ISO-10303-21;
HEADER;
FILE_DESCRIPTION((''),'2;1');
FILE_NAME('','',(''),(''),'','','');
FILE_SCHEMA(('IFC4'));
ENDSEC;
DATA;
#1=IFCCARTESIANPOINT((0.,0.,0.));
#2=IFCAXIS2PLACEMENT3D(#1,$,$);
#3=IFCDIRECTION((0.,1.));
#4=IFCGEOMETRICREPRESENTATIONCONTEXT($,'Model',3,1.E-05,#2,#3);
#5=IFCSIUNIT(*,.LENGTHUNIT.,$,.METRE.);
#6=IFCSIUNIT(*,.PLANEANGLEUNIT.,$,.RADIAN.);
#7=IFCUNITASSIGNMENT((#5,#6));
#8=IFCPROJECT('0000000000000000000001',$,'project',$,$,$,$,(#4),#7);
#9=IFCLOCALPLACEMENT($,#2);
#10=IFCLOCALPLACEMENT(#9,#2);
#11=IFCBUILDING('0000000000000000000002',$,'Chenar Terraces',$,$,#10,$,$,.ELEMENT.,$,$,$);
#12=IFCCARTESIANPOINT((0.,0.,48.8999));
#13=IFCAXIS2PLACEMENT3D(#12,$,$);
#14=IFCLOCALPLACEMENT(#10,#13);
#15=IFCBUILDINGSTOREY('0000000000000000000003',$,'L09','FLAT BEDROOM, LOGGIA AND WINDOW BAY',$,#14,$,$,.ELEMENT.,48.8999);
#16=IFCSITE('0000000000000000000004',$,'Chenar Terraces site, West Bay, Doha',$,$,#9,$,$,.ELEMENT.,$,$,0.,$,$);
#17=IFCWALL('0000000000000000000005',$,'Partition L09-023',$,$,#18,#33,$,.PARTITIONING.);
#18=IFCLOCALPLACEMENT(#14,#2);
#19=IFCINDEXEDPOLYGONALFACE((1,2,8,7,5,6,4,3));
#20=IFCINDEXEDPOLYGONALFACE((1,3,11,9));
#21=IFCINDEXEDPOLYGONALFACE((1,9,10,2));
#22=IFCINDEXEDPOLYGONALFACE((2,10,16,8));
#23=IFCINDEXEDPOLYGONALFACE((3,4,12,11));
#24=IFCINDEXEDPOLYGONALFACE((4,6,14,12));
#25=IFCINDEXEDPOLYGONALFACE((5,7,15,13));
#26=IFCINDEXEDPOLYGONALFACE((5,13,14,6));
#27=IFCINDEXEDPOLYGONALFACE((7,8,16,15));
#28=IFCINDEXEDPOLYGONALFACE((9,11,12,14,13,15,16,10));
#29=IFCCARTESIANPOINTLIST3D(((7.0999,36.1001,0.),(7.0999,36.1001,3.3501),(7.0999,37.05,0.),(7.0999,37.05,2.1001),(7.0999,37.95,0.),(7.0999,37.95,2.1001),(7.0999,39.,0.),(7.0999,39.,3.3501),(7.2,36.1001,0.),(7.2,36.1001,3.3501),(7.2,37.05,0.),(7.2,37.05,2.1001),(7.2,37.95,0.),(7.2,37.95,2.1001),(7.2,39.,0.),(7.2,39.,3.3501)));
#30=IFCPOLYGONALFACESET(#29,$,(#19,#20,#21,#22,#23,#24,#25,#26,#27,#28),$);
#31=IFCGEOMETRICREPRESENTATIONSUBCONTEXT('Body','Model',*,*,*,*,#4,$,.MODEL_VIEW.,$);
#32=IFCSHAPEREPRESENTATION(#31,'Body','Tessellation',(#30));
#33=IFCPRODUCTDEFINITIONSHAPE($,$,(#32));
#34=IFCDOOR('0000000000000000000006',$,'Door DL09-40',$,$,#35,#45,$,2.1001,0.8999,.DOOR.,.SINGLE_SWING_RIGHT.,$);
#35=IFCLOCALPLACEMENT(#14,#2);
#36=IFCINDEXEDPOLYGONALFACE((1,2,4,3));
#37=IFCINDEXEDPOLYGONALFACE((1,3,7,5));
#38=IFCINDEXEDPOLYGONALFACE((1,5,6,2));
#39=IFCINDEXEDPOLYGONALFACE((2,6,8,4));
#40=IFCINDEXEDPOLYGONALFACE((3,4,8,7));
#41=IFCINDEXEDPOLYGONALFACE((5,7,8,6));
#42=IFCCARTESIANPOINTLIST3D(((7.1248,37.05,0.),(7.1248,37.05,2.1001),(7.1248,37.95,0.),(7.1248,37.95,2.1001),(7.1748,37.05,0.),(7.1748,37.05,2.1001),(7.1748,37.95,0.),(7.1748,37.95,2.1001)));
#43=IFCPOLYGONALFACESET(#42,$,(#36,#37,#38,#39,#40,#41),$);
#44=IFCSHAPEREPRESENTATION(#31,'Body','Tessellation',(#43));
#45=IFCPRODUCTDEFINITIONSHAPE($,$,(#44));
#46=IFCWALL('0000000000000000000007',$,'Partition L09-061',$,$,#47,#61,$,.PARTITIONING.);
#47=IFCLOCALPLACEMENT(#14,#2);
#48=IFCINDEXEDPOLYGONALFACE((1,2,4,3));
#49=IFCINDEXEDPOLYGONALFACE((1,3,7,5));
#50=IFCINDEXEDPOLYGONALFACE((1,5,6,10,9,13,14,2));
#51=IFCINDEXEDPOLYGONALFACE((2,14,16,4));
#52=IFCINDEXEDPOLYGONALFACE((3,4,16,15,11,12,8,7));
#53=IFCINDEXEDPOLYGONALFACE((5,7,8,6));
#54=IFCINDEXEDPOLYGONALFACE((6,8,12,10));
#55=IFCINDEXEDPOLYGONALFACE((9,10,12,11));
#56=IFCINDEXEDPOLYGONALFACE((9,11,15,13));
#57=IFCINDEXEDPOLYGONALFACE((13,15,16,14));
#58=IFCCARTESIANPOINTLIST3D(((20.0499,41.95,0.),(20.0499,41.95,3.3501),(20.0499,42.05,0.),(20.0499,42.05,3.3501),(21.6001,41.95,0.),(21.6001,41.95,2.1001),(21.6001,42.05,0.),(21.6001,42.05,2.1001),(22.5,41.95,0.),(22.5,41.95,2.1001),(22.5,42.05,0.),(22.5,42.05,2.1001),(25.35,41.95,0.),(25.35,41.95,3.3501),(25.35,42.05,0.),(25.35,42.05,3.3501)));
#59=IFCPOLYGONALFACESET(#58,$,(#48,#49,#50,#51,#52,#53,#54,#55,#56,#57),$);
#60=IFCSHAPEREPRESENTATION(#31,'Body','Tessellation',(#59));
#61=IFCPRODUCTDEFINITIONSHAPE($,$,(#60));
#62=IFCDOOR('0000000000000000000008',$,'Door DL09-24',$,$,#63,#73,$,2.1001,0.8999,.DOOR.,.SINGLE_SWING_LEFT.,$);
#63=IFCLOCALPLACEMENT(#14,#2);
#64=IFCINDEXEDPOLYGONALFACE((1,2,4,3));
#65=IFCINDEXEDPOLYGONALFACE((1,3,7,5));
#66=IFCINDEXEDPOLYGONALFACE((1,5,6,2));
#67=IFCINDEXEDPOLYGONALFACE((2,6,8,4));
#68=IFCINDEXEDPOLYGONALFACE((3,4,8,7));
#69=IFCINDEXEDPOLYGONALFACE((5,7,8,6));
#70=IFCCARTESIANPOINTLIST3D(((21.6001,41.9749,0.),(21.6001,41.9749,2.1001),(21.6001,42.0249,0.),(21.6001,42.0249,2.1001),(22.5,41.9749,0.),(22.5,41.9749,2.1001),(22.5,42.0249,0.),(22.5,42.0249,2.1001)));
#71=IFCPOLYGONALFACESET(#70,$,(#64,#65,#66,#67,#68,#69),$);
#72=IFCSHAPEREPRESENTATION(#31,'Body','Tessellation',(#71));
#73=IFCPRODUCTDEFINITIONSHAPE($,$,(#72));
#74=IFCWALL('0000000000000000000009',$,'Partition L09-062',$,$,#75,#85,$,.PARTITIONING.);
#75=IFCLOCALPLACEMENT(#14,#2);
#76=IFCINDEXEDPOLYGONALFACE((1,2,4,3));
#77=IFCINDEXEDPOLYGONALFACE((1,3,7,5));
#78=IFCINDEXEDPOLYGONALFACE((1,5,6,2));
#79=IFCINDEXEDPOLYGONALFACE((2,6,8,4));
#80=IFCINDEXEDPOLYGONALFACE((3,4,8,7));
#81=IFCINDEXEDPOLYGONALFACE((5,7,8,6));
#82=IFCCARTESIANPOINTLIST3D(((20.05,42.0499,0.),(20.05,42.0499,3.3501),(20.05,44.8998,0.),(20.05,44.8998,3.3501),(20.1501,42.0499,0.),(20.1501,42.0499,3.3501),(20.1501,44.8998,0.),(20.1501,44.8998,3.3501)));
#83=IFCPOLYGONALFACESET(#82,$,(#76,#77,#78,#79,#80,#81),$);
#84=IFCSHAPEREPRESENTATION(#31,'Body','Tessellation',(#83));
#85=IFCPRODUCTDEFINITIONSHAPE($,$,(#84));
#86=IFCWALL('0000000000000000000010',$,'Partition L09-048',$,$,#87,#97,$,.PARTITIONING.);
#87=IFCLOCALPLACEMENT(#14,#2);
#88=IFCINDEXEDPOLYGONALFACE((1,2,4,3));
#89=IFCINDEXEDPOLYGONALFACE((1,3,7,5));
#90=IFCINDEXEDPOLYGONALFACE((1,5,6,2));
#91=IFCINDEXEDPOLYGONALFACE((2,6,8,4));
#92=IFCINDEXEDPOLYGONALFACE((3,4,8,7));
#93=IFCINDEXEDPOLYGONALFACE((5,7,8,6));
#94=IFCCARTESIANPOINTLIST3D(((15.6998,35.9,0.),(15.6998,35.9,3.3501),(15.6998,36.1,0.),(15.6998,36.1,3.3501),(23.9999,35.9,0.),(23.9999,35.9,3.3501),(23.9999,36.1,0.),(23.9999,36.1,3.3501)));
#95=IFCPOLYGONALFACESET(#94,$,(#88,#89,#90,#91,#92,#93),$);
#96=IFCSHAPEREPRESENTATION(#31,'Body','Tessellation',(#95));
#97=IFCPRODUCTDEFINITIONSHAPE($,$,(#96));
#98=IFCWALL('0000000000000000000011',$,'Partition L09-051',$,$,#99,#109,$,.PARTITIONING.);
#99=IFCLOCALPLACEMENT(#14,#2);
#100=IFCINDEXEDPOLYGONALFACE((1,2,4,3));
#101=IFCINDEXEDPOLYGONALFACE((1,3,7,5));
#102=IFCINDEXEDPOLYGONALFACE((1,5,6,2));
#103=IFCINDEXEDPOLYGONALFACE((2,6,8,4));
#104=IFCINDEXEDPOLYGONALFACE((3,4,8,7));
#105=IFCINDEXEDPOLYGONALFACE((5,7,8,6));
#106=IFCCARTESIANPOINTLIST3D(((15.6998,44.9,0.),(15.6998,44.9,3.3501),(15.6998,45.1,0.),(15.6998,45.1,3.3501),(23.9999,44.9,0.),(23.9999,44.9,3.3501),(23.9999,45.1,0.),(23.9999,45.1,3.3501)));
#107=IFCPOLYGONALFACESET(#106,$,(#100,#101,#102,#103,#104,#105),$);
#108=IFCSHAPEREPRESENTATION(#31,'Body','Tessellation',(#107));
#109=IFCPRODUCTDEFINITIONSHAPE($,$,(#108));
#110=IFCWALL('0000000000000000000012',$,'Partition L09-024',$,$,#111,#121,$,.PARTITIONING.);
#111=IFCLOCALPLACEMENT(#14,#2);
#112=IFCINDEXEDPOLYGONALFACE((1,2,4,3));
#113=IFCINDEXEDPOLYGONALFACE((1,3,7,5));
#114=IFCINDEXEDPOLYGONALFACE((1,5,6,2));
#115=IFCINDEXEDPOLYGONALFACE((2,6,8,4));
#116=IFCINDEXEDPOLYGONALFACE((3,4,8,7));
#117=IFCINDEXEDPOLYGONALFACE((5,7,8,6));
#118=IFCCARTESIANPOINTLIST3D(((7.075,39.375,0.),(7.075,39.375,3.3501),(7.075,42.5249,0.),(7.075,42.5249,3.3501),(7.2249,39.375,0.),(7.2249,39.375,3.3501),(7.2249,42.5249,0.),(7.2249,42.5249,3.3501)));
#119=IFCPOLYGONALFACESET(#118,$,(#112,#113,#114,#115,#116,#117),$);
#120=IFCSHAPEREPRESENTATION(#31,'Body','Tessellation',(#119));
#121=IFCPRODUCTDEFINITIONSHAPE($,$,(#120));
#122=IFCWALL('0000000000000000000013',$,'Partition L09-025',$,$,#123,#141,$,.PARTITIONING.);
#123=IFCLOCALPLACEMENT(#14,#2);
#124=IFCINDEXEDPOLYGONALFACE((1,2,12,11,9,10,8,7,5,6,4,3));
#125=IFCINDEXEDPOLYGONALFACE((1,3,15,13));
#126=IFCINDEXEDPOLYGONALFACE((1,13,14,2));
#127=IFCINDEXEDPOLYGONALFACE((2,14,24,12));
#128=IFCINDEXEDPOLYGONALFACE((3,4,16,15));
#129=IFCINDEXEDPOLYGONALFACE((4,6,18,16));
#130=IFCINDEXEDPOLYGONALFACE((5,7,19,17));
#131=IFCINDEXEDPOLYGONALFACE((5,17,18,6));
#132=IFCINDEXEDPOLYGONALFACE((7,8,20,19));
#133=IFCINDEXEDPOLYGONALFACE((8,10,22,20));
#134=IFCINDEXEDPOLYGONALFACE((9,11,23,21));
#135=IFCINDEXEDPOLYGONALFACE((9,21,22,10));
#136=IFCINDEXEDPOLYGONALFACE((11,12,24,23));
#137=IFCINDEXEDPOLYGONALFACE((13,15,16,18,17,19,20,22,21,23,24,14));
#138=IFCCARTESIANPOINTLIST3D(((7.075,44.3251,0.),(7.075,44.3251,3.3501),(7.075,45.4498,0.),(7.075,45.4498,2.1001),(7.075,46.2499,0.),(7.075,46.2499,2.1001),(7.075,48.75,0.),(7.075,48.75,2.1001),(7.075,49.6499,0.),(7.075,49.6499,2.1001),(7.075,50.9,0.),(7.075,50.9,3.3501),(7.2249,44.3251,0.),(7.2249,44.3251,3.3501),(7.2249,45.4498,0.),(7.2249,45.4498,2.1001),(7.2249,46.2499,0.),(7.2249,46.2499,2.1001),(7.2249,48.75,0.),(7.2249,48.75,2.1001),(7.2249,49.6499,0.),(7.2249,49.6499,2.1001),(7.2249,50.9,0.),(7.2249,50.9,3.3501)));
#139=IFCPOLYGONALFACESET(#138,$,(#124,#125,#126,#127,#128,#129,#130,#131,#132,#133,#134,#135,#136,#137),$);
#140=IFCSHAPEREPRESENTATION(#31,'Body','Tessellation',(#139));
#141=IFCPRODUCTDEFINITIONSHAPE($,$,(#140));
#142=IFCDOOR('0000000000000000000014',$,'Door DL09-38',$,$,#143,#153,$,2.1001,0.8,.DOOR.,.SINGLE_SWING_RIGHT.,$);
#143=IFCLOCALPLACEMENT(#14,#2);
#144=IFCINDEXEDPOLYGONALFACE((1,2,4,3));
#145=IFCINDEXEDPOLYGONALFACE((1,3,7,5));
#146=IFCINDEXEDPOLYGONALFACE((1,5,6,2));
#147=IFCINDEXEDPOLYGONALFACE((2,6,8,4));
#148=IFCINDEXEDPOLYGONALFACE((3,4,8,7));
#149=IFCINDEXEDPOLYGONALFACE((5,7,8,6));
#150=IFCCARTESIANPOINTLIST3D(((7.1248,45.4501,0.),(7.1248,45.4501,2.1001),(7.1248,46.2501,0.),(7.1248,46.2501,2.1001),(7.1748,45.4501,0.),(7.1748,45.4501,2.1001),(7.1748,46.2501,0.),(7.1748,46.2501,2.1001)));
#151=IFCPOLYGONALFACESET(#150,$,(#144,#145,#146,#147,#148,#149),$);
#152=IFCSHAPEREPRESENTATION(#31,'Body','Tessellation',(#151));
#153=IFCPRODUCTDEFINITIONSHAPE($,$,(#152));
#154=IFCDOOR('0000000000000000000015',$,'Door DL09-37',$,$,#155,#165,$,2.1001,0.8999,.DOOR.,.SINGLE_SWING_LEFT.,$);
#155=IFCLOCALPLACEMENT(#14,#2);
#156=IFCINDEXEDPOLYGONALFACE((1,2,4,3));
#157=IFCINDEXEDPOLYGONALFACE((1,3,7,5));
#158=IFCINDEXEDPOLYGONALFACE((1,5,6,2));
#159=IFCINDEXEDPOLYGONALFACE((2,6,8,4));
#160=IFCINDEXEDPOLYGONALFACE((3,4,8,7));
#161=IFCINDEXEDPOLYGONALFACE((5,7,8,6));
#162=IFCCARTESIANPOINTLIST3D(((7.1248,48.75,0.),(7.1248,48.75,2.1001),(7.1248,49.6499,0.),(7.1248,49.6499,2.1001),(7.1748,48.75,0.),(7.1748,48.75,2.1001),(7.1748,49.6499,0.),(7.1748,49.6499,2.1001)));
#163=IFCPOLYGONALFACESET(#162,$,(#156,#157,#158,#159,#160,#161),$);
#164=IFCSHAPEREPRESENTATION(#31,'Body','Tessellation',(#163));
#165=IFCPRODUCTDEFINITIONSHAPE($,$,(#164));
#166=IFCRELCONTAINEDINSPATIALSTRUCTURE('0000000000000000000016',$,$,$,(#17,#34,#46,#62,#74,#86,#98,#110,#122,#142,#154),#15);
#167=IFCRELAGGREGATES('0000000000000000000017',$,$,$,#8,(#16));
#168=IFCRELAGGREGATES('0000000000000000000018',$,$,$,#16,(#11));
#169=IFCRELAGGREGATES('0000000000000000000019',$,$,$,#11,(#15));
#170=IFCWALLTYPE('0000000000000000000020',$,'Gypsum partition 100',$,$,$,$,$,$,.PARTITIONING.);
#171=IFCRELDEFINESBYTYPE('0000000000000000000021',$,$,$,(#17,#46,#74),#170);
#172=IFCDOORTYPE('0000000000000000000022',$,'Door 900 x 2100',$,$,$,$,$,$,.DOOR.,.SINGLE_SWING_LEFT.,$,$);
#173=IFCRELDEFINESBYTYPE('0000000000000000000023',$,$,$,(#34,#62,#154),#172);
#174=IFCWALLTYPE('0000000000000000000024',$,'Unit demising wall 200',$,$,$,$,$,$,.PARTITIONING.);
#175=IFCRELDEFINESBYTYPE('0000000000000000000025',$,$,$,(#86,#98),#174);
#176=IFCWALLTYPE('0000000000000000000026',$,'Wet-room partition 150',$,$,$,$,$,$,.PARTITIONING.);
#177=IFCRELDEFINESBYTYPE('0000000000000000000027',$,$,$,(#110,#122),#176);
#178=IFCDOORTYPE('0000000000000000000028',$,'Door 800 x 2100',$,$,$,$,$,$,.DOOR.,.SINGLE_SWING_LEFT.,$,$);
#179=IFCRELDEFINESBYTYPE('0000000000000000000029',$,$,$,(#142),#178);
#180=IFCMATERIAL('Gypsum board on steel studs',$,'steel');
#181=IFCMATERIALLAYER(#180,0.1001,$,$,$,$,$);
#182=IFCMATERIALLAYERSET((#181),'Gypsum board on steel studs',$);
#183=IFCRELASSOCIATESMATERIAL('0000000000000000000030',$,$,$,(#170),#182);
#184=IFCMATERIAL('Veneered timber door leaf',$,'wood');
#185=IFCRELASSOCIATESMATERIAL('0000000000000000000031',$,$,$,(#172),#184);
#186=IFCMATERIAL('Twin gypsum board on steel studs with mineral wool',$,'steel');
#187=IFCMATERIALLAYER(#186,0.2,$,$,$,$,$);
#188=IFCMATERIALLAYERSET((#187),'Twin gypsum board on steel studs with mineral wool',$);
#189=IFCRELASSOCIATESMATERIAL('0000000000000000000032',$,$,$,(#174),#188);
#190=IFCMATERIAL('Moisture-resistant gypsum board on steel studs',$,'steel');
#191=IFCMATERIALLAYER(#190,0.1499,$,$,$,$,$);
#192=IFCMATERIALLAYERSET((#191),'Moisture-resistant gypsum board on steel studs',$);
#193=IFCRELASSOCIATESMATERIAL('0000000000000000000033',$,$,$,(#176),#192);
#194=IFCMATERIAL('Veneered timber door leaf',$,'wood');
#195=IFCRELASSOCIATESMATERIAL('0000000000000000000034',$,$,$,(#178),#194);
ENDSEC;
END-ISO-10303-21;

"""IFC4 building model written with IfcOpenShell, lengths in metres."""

from ifc_helpers import new_model, si_unit, direction, frame, frame_2d, origin, place, context, subcontext, project, spatial, rectangle, extrude, material, layer, layer_set, type_object, element, fill, save


model = new_model("IFC4")

# Units and contexts
model_context = context("Model", 3, precision=1e-05, world=origin(), true_north=direction((0.0, 1.0)))
body_context = subcontext(model_context, "Body", "Model", "MODEL_VIEW")
ifc_project = project(units=[si_unit("LENGTHUNIT", "METRE"), si_unit("PLANEANGLEUNIT", "RADIAN")], contexts=[model_context])

# Site, building, storey
site_placement = place(None, origin())
site = spatial("IfcSite", under=ifc_project, at=site_placement, Name="Chenar Terraces site, West Bay, Doha", CompositionType="ELEMENT", RefElevation=0.0)
building_placement = place(site_placement, origin())
building = spatial("IfcBuilding", under=site, at=building_placement, Name="Chenar Terraces", CompositionType="ELEMENT")
storey_placement = place(building_placement, frame((0.0, 0.0, 48.8999)))
storey = spatial("IfcBuildingStorey", under=building, at=storey_placement, Name="L09", Description="FLAT BEDROOM, LOGGIA AND WINDOW BAY", CompositionType="ELEMENT", Elevation=48.8999)

# Walls, openings, doors
ifc_material_1 = material(Name="Gypsum board on steel studs", Category="steel")
ifc_layer_1 = layer(ifc_material_1, 0.1001)
ifc_layer_set_1 = layer_set([ifc_layer_1], Name="Gypsum board on steel studs")
wall_type_1 = type_object("IfcWallType", Name="Gypsum partition 100", PredefinedType="PARTITIONING", material=ifc_layer_set_1)
wall_1_placement = place(storey_placement, frame((7.1499, 36.1001, 0.0), z_axis=(0.0, 0.0, 1.0), x_axis=(0.0, 1.0, 0.0)))
wall_1 = element("IfcWall", 1, at=wall_1_placement, inside=storey, type_object=wall_type_1, Name="Partition L09-023", PredefinedType="PARTITIONING", context=body_context, shape_type="SweptSolid", body=[
    extrude(rectangle(XDim=2.8999, YDim=0.1001, at=frame_2d((1.45, 0.0))), origin(), (0.0, 0.0, 1.0), 3.3501),
])
opening_1_placement = place(wall_1_placement, frame((0.95, 0.0, 0.0)))
opening_1 = element("IfcOpeningElement", 2, at=opening_1_placement, cuts=wall_1, PredefinedType="OPENING", context=body_context, shape_type="SweptSolid", body=[
    extrude(rectangle(XDim=0.8999, YDim=2.1001, at=frame_2d((0.45, 1.05))), frame((0.0, 0.0601, 0.0), z_axis=(0.0, -1.0, 0.0), x_axis=(1.0, 0.0, 0.0)), (0.0, 0.0, 1.0), 0.1201),
])
ifc_material_2 = material(Name="Veneered timber door leaf", Category="wood")
door_type_1 = type_object("IfcDoorType", Name="Door 900 x 2100", OperationType="SINGLE_SWING_LEFT", PredefinedType="DOOR", material=ifc_material_2)
door_1_placement = place(opening_1_placement, frame((0.8999, 0.0, 0.0), z_axis=(0.0, 0.0, 1.0), x_axis=(-1.0, 0.0, 0.0)))
door_1 = element("IfcDoor", 3, at=door_1_placement, inside=storey, type_object=door_type_1, Name="Door DL09-40", OperationType="SINGLE_SWING_RIGHT", OverallHeight=2.1001, OverallWidth=0.8999, PredefinedType="DOOR", context=body_context, shape_type="SweptSolid", body=[
    extrude(rectangle(XDim=0.8999, YDim=2.1001, at=frame_2d((0.45, 1.05))), frame((0.0, 0.0249, 0.0), z_axis=(0.0, -1.0, 0.0), x_axis=(1.0, 0.0, 0.0)), (0.0, 0.0, 1.0), 0.05),
])
fill(opening_1, door_1)
wall_2_placement = place(storey_placement, frame((20.05, 42.0, 0.0), z_axis=(0.0, 0.0, 1.0), x_axis=(1.0, 0.0, 0.0)))
wall_2 = element("IfcWall", 4, at=wall_2_placement, inside=storey, type_object=wall_type_1, Name="Partition L09-061", PredefinedType="PARTITIONING", context=body_context, shape_type="SweptSolid", body=[
    extrude(rectangle(XDim=5.3, YDim=0.1001, at=frame_2d((2.6499, 0.0))), origin(), (0.0, 0.0, 1.0), 3.3501),
])
opening_2_placement = place(wall_2_placement, frame((1.55, 0.0, 0.0)))
opening_2 = element("IfcOpeningElement", 5, at=opening_2_placement, cuts=wall_2, PredefinedType="OPENING", context=body_context, shape_type="SweptSolid", body=[
    extrude(rectangle(XDim=0.8999, YDim=2.1001, at=frame_2d((0.45, 1.05))), frame((0.0, 0.0601, 0.0), z_axis=(0.0, -1.0, 0.0), x_axis=(1.0, 0.0, 0.0)), (0.0, 0.0, 1.0), 0.1201),
])
door_2_placement = place(opening_2_placement, origin())
door_2 = element("IfcDoor", 6, at=door_2_placement, inside=storey, type_object=door_type_1, Name="Door DL09-24", OperationType="SINGLE_SWING_LEFT", OverallHeight=2.1001, OverallWidth=0.8999, PredefinedType="DOOR", context=body_context, shape_type="SweptSolid", body=[
    extrude(rectangle(XDim=0.8999, YDim=2.1001, at=frame_2d((0.45, 1.05))), frame((0.0, 0.0249, 0.0), z_axis=(0.0, -1.0, 0.0), x_axis=(1.0, 0.0, 0.0)), (0.0, 0.0, 1.0), 0.05),
])
fill(opening_2, door_2)

# Walls
wall_3_placement = place(storey_placement, frame((20.1001, 42.05, 0.0), z_axis=(0.0, 0.0, 1.0), x_axis=(0.0, 1.0, 0.0)))
element("IfcWall", 7, at=wall_3_placement, inside=storey, type_object=wall_type_1, Name="Partition L09-062", PredefinedType="PARTITIONING", context=body_context, shape_type="SweptSolid", body=[
    extrude(rectangle(XDim=2.8499, YDim=0.1001, at=frame_2d((1.4248, 0.0))), origin(), (0.0, 0.0, 1.0), 3.3501),
])
ifc_material_3 = material(Name="Twin gypsum board on steel studs with mineral wool", Category="steel")
ifc_layer_2 = layer(ifc_material_3, 0.2)
ifc_layer_set_2 = layer_set([ifc_layer_2], Name="Twin gypsum board on steel studs with mineral wool")
wall_type_2 = type_object("IfcWallType", Name="Unit demising wall 200", PredefinedType="PARTITIONING", material=ifc_layer_set_2)
for number, where, z_axis, x_axis, name in (
    (8, (15.7, 36.0, 0.0), (0.0, 0.0, 1.0), (1.0, 0.0, 0.0), "Partition L09-048"),
    (9, (15.7, 45.0, 0.0), (0.0, 0.0, 1.0), (1.0, 0.0, 0.0), "Partition L09-051"),
):
    element("IfcWall", number, at=place(storey_placement, frame(where, z_axis=z_axis, x_axis=x_axis)), inside=storey, type_object=wall_type_2, Name=name, PredefinedType="PARTITIONING", context=body_context, shape_type="SweptSolid", body=[
        extrude(rectangle(XDim=8.3, YDim=0.2, at=frame_2d((4.1499, 0.0))), origin(), (0.0, 0.0, 1.0), 3.3501),
    ])
ifc_material_4 = material(Name="Moisture-resistant gypsum board on steel studs", Category="steel")
ifc_layer_3 = layer(ifc_material_4, 0.1499)
ifc_layer_set_3 = layer_set([ifc_layer_3], Name="Moisture-resistant gypsum board on steel studs")
wall_type_3 = type_object("IfcWallType", Name="Wet-room partition 150", PredefinedType="PARTITIONING", material=ifc_layer_set_3)
wall_4_placement = place(storey_placement, frame((7.1499, 39.375, 0.0), z_axis=(0.0, 0.0, 1.0), x_axis=(0.0, 1.0, 0.0)))
element("IfcWall", 10, at=wall_4_placement, inside=storey, type_object=wall_type_3, Name="Partition L09-024", PredefinedType="PARTITIONING", context=body_context, shape_type="SweptSolid", body=[
    extrude(rectangle(XDim=3.1499, YDim=0.1499, at=frame_2d((1.575, 0.0))), origin(), (0.0, 0.0, 1.0), 3.3501),
])

# Wall, openings, doors
wall_5_placement = place(storey_placement, frame((7.1499, 44.325, 0.0), z_axis=(0.0, 0.0, 1.0), x_axis=(0.0, 1.0, 0.0)))
wall_5 = element("IfcWall", 11, at=wall_5_placement, inside=storey, type_object=wall_type_3, Name="Partition L09-025", PredefinedType="PARTITIONING", context=body_context, shape_type="SweptSolid", body=[
    extrude(rectangle(XDim=6.575, YDim=0.1499, at=frame_2d((3.2876, 0.0))), origin(), (0.0, 0.0, 1.0), 3.3501),
])
opening_3_placement = place(wall_5_placement, frame((4.425, 0.0, 0.0)))
opening_3 = element("IfcOpeningElement", 12, at=opening_3_placement, cuts=wall_5, PredefinedType="OPENING", context=body_context, shape_type="SweptSolid", body=[
    extrude(rectangle(XDim=0.8999, YDim=2.1001, at=frame_2d((0.45, 1.05))), frame((0.0, 0.085, 0.0), z_axis=(0.0, -1.0, 0.0), x_axis=(1.0, 0.0, 0.0)), (0.0, 0.0, 1.0), 0.1699),
])
opening_4_placement = place(wall_5_placement, frame((1.125, 0.0, 0.0)))
opening_4 = element("IfcOpeningElement", 13, at=opening_4_placement, cuts=wall_5, PredefinedType="OPENING", context=body_context, shape_type="SweptSolid", body=[
    extrude(rectangle(XDim=0.8, YDim=2.1001, at=frame_2d((0.3999, 1.05))), frame((0.0, 0.085, 0.0), z_axis=(0.0, -1.0, 0.0), x_axis=(1.0, 0.0, 0.0)), (0.0, 0.0, 1.0), 0.1699),
])
ifc_material_5 = material(Name="Veneered timber door leaf", Category="wood")
door_type_2 = type_object("IfcDoorType", Name="Door 800 x 2100", OperationType="SINGLE_SWING_LEFT", PredefinedType="DOOR", material=ifc_material_5)
door_3_placement = place(opening_4_placement, frame((0.8, 0.0, 0.0), z_axis=(0.0, 0.0, 1.0), x_axis=(-1.0, 0.0, 0.0)))
door_3 = element("IfcDoor", 14, at=door_3_placement, inside=storey, type_object=door_type_2, Name="Door DL09-38", OperationType="SINGLE_SWING_RIGHT", OverallHeight=2.1001, OverallWidth=0.8, PredefinedType="DOOR", context=body_context, shape_type="SweptSolid", body=[
    extrude(rectangle(XDim=0.8, YDim=2.1001, at=frame_2d((0.3999, 1.05))), frame((0.0, 0.0249, 0.0), z_axis=(0.0, -1.0, 0.0), x_axis=(1.0, 0.0, 0.0)), (0.0, 0.0, 1.0), 0.05),
])
fill(opening_4, door_3)
door_4_placement = place(opening_3_placement, frame((0.8999, 0.0, 0.0), z_axis=(0.0, 0.0, 1.0), x_axis=(-1.0, 0.0, 0.0)))
door_4 = element("IfcDoor", 15, at=door_4_placement, inside=storey, type_object=door_type_1, Name="Door DL09-37", OperationType="SINGLE_SWING_LEFT", OverallHeight=2.1001, OverallWidth=0.8999, PredefinedType="DOOR", context=body_context, shape_type="SweptSolid", body=[
    extrude(rectangle(XDim=0.8999, YDim=2.1001, at=frame_2d((0.45, 1.05))), frame((0.0, 0.0249, 0.0), z_axis=(0.0, -1.0, 0.0), x_axis=(1.0, 0.0, 0.0)), (0.0, 0.0, 1.0), 0.05),
])
fill(opening_3, door_4)

save(model, "model.ifc")
